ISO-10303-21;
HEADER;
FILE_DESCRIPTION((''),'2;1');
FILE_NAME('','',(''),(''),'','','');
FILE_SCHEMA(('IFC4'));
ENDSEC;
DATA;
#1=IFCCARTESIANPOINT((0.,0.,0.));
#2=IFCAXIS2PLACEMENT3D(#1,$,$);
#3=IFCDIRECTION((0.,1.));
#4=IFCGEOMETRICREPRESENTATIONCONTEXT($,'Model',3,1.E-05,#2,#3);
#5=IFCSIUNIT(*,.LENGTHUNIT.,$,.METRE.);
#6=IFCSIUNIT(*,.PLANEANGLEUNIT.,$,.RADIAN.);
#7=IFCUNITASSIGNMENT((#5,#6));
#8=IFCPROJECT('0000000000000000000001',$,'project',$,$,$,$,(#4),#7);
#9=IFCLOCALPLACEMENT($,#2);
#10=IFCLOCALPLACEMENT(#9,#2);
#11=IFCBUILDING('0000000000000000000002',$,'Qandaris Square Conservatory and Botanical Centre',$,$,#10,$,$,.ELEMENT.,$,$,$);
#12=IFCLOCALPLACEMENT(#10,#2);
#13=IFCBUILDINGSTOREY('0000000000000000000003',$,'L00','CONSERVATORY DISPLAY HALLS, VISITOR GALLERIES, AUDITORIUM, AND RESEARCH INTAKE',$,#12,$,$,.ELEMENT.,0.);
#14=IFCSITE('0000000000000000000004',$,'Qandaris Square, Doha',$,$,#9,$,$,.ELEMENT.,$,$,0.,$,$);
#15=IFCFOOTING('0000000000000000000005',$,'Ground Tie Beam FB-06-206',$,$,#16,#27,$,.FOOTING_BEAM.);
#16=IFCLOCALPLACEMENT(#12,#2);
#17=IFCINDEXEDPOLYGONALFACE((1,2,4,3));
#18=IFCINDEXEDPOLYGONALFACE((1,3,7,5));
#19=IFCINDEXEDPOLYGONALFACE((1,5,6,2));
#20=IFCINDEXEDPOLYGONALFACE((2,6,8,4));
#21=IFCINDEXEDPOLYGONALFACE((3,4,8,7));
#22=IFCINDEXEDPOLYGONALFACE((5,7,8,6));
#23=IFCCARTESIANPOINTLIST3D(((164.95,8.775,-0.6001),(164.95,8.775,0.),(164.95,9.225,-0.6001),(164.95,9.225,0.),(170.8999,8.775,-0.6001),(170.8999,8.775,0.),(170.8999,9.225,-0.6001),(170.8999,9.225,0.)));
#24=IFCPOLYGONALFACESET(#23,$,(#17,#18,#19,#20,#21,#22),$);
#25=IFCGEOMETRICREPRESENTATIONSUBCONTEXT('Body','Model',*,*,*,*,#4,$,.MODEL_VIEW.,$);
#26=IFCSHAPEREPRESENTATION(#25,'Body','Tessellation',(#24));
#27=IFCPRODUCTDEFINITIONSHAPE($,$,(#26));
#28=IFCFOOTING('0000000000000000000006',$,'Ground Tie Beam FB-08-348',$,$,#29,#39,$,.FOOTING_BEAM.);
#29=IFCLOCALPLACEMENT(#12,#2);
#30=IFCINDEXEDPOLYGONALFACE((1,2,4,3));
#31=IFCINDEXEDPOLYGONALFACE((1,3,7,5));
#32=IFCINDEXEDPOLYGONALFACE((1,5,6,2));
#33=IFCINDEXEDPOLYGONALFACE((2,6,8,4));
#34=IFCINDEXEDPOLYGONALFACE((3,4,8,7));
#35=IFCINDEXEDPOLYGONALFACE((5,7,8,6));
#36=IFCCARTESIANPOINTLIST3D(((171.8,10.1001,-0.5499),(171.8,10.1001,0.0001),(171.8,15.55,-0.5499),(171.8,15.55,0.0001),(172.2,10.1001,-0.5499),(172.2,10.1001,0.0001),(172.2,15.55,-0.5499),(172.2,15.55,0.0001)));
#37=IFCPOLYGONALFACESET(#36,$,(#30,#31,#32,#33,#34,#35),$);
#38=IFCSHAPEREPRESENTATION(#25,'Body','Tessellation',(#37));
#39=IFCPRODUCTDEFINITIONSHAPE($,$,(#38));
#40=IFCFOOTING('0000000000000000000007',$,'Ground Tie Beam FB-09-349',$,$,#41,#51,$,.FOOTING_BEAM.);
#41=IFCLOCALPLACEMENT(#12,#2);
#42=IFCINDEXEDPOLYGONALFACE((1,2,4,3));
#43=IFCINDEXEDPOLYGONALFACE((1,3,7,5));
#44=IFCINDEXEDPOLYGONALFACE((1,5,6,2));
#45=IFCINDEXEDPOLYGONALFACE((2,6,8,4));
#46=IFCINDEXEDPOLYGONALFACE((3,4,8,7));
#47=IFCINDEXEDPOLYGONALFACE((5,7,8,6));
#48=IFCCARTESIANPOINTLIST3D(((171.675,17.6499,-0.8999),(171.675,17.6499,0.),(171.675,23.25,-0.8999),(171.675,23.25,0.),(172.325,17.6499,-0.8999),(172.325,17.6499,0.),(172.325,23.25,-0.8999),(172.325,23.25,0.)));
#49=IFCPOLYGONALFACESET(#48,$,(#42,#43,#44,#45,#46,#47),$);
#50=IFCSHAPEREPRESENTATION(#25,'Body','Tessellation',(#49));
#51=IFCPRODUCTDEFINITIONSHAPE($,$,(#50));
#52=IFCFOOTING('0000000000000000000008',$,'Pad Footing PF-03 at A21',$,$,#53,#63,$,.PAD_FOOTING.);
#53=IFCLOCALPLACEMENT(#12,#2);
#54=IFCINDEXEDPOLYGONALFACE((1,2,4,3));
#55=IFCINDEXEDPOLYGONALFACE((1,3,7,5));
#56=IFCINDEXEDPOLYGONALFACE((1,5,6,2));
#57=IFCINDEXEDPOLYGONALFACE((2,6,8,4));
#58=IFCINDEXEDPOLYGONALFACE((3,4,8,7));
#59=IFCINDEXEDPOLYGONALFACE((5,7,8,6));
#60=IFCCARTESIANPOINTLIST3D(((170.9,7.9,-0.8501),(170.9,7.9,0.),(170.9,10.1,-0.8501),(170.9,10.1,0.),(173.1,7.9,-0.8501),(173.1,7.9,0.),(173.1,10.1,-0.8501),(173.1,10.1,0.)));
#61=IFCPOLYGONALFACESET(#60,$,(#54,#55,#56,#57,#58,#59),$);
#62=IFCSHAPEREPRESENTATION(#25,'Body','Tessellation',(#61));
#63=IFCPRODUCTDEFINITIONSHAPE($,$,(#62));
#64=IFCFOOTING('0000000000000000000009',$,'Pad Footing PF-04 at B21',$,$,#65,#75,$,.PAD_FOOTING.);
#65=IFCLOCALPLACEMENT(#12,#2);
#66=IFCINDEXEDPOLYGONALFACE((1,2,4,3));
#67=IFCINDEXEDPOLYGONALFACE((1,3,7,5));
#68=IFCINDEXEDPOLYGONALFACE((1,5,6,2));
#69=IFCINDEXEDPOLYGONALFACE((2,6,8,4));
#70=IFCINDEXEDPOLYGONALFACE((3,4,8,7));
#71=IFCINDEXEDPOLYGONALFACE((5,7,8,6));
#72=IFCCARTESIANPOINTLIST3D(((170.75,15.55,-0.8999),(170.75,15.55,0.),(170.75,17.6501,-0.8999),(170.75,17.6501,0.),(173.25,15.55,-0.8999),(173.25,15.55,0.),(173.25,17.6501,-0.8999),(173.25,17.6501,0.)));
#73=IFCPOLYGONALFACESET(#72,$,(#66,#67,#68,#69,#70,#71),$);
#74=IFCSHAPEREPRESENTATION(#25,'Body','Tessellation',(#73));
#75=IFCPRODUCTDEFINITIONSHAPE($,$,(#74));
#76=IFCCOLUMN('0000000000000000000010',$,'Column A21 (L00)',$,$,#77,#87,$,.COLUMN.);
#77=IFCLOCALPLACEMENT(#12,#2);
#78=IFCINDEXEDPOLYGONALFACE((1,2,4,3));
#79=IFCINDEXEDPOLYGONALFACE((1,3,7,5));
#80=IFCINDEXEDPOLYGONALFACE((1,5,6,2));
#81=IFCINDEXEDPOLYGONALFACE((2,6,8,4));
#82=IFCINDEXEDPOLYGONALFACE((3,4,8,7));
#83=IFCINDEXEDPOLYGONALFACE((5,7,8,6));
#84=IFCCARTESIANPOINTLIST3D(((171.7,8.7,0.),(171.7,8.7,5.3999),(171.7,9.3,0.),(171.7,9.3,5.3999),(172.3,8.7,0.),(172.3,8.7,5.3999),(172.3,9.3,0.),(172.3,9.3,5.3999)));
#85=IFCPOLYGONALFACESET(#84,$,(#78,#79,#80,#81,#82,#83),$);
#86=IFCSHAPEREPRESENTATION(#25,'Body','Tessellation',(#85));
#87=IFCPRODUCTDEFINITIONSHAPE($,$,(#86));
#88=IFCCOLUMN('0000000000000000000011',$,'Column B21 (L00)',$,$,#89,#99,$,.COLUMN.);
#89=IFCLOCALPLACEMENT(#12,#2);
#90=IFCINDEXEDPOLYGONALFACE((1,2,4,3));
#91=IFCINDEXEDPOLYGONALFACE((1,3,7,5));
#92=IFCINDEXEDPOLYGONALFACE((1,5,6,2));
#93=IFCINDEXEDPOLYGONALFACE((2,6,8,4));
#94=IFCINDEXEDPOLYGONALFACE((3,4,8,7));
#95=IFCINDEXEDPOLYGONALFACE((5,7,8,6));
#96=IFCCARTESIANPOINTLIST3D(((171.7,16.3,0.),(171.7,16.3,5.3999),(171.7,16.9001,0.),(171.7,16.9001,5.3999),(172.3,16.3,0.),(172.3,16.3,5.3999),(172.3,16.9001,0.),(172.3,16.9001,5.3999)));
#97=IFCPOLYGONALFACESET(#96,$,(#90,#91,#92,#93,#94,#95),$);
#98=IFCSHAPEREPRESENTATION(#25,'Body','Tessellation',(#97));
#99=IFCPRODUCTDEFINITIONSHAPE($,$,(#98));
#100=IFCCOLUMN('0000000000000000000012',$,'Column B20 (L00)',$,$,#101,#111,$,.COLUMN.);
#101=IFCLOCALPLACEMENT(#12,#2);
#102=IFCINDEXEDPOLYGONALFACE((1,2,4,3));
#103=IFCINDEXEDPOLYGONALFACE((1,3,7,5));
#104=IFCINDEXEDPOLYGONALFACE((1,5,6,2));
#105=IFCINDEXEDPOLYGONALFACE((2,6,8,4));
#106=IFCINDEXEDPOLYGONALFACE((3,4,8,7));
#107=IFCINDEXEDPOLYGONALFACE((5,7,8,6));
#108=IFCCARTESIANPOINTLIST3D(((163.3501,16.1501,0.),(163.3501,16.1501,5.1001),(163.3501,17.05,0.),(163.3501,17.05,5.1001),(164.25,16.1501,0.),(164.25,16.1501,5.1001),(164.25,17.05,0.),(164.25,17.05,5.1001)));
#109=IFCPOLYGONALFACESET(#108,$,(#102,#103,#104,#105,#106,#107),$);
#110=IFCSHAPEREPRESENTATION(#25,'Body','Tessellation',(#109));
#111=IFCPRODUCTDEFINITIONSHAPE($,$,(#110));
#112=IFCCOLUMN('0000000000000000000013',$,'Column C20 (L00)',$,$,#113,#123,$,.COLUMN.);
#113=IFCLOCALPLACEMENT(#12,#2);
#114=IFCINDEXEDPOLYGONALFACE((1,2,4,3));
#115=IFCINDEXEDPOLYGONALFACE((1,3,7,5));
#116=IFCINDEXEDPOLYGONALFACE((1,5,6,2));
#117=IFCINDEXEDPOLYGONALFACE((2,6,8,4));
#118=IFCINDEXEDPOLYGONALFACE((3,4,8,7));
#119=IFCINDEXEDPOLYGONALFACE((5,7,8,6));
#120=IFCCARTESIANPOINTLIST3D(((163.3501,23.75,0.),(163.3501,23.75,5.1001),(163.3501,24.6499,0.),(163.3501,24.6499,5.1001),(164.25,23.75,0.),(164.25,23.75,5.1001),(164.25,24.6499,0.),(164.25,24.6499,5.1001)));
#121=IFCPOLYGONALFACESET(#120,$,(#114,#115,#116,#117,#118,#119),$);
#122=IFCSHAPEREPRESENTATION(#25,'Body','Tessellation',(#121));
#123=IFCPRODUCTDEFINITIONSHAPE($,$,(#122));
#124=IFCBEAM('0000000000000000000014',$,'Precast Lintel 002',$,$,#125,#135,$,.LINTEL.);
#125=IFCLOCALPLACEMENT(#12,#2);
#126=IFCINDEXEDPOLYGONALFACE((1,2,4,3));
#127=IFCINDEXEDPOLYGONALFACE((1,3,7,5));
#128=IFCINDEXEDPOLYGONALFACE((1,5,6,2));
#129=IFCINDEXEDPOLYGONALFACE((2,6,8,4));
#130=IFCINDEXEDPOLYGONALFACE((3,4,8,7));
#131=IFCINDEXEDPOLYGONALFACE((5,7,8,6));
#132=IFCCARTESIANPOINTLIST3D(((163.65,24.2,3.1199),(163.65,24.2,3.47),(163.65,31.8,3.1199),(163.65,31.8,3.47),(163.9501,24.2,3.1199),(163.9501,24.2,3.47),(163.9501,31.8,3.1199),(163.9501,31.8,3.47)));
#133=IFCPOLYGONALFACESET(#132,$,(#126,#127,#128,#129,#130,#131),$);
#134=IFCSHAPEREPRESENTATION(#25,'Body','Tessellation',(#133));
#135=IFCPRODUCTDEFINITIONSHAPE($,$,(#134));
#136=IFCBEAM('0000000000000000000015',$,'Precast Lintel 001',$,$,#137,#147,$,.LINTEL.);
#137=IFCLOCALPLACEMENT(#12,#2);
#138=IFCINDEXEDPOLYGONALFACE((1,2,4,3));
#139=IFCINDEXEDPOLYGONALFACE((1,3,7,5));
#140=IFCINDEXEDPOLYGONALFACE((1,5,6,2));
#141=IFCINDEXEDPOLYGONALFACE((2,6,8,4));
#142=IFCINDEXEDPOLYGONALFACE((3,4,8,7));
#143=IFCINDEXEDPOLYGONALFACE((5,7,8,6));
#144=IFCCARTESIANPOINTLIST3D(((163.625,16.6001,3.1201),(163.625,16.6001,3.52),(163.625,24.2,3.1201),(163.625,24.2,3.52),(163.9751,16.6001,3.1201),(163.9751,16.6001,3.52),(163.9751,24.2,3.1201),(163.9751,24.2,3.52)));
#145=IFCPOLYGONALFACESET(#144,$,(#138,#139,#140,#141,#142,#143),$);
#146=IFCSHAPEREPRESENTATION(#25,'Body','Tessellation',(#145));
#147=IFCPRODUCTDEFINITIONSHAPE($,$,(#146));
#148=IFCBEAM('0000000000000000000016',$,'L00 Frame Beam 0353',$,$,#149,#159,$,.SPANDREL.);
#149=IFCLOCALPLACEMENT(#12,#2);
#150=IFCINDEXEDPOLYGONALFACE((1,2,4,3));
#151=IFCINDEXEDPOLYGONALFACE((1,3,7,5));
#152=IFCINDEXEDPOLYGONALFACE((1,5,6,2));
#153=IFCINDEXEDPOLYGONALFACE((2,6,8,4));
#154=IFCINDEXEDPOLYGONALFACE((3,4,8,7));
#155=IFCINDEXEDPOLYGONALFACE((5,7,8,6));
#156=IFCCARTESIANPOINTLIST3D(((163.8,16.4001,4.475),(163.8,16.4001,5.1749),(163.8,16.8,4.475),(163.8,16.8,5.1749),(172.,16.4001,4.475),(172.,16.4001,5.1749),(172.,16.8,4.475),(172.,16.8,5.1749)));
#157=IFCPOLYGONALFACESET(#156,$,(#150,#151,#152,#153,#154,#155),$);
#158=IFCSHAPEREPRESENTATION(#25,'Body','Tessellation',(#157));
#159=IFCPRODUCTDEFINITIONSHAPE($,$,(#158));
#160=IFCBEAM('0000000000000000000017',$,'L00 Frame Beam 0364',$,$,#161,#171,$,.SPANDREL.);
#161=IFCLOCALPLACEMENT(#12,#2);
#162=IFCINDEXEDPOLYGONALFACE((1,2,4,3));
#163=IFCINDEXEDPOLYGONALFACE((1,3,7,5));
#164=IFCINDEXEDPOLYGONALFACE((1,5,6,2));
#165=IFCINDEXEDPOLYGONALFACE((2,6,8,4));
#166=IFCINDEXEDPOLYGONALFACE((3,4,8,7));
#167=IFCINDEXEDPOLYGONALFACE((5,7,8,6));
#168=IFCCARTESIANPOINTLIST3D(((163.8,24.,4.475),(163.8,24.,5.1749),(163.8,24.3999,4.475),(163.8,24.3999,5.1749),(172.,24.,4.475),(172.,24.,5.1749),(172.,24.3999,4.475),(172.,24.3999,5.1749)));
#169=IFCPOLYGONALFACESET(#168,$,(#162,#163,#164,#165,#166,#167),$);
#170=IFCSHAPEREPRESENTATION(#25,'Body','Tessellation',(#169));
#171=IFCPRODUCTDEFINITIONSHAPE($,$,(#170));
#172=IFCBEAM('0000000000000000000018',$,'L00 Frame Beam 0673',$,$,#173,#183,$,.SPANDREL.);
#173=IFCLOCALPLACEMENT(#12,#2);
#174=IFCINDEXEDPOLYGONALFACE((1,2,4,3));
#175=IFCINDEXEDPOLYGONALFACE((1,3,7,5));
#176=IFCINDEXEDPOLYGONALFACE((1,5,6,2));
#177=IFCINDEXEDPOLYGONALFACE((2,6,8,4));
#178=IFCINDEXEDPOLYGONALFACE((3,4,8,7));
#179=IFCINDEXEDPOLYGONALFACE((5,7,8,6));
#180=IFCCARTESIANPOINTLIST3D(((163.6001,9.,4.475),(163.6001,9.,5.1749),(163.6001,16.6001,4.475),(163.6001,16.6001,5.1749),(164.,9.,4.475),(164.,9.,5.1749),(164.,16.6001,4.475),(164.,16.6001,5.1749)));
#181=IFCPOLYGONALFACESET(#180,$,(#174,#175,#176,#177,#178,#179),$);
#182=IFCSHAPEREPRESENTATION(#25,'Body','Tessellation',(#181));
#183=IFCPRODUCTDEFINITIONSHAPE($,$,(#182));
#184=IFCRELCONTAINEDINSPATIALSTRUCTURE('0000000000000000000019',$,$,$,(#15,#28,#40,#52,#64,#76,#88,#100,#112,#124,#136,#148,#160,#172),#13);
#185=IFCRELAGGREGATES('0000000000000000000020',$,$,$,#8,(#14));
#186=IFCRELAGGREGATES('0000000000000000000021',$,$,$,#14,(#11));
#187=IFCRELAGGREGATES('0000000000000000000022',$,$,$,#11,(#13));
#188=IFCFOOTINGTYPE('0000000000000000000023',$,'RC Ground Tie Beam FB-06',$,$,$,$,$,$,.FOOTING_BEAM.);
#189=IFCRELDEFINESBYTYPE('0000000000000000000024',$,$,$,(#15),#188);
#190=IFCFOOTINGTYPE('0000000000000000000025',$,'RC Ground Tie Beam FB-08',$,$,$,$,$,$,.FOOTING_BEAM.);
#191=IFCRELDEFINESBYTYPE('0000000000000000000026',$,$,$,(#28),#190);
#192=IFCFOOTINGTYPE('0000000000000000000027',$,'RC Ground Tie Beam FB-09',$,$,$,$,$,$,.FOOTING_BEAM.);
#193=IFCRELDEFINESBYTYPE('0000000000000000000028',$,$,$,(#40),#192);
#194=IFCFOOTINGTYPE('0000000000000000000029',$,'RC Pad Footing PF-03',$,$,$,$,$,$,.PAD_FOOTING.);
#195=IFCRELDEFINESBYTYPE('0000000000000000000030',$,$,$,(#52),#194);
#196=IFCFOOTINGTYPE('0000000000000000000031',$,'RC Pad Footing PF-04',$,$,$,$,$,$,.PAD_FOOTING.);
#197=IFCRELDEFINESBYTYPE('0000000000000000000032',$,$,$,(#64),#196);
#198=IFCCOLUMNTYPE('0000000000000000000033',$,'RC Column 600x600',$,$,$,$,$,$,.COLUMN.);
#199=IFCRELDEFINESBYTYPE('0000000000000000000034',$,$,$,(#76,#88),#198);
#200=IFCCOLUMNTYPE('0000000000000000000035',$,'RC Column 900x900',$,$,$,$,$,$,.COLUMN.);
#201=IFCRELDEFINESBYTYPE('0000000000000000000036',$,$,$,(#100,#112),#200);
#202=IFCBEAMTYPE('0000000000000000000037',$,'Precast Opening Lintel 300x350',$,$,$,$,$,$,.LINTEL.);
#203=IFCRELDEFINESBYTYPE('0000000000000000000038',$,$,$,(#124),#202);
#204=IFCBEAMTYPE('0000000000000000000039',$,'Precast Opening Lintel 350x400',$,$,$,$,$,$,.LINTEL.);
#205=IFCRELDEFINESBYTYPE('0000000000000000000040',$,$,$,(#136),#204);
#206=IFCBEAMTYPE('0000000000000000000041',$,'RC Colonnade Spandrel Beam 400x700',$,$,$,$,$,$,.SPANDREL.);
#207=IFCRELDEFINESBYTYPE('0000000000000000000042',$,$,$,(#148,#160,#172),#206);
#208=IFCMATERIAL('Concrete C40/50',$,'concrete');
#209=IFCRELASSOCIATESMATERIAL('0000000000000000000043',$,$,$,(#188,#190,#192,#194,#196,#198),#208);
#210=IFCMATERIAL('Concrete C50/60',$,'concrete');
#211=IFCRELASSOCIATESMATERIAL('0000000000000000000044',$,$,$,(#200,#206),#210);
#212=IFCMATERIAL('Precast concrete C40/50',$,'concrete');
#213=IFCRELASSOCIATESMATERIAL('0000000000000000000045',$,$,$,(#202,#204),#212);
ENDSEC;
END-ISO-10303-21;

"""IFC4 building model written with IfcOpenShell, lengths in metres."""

from ifc_helpers import new_model, si_unit, direction, frame, origin, origin_2d, place, context, subcontext, project, spatial, rectangle, extrude, material, material_profile, profile_set, type_object, element, save


model = new_model("IFC4")

# Units and contexts
model_context = context("Model", 3, precision=1e-05, world=origin(), true_north=direction((0.0, 1.0)))
body_context = subcontext(model_context, "Body", "Model", "MODEL_VIEW")
ifc_project = project(units=[si_unit("LENGTHUNIT", "METRE"), si_unit("PLANEANGLEUNIT", "RADIAN")], contexts=[model_context])

# Site, building, storey
site_placement = place(None, origin())
site = spatial("IfcSite", under=ifc_project, at=site_placement, Name="Qandaris Square, Doha", CompositionType="ELEMENT", RefElevation=0.0)
building_placement = place(site_placement, origin())
building = spatial("IfcBuilding", under=site, at=building_placement, Name="Qandaris Square Conservatory and Botanical Centre", CompositionType="ELEMENT")
storey_placement = place(building_placement, origin())
storey = spatial("IfcBuildingStorey", under=building, at=storey_placement, Name="L00", Description="CONSERVATORY DISPLAY HALLS, VISITOR GALLERIES, AUDITORIUM, AND RESEARCH INTAKE", CompositionType="ELEMENT", Elevation=0.0)

# Footings
ifc_material_1 = material(Name="Concrete C40/50", Category="concrete")
ifc_material_profile_1 = material_profile(ifc_material_1, rectangle(XDim=0.45, YDim=0.6001, at=origin_2d()), Name="FB 450x600")
ifc_profile_set_1 = profile_set([ifc_material_profile_1], Name="Concrete C40/50")
footing_type_1 = type_object("IfcFootingType", Name="RC Ground Tie Beam FB-06", PredefinedType="FOOTING_BEAM", material=ifc_profile_set_1)
footing_1_placement = place(storey_placement, frame((164.95, 9.0, -0.3), z_axis=(1.0, 0.0, 0.0), x_axis=(0.0, 1.0, 0.0)))
element("IfcFooting", 1, at=footing_1_placement, inside=storey, type_object=footing_type_1, Name="Ground Tie Beam FB-06-206", PredefinedType="FOOTING_BEAM", context=body_context, shape_type="SweptSolid", body=[
    extrude(rectangle(XDim=0.45, YDim=0.6001, at=origin_2d()), origin(), (0.0, 0.0, 1.0), 5.95),
])
ifc_material_profile_2 = material_profile(ifc_material_1, rectangle(XDim=0.3999, YDim=0.55, at=origin_2d()), Name="FB 400x550")
ifc_profile_set_2 = profile_set([ifc_material_profile_2], Name="Concrete C40/50")
footing_type_2 = type_object("IfcFootingType", Name="RC Ground Tie Beam FB-08", PredefinedType="FOOTING_BEAM", material=ifc_profile_set_2)
footing_2_placement = place(storey_placement, frame((172.0, 10.1001, -0.2749), z_axis=(0.0, 1.0, 0.0), x_axis=(-1.0, 0.0, 0.0)))
element("IfcFooting", 2, at=footing_2_placement, inside=storey, type_object=footing_type_2, Name="Ground Tie Beam FB-08-348", PredefinedType="FOOTING_BEAM", context=body_context, shape_type="SweptSolid", body=[
    extrude(rectangle(XDim=0.3999, YDim=0.55, at=origin_2d()), origin(), (0.0, 0.0, 1.0), 5.45),
])
ifc_material_profile_3 = material_profile(ifc_material_1, rectangle(XDim=0.6499, YDim=0.8999, at=origin_2d()), Name="FB 650x900")
ifc_profile_set_3 = profile_set([ifc_material_profile_3], Name="Concrete C40/50")
footing_type_3 = type_object("IfcFootingType", Name="RC Ground Tie Beam FB-09", PredefinedType="FOOTING_BEAM", material=ifc_profile_set_3)
footing_3_placement = place(storey_placement, frame((172.0, 17.6499, -0.45), z_axis=(0.0, 1.0, 0.0), x_axis=(-1.0, 0.0, 0.0)))
element("IfcFooting", 3, at=footing_3_placement, inside=storey, type_object=footing_type_3, Name="Ground Tie Beam FB-09-349", PredefinedType="FOOTING_BEAM", context=body_context, shape_type="SweptSolid", body=[
    extrude(rectangle(XDim=0.6499, YDim=0.8999, at=origin_2d()), origin(), (0.0, 0.0, 1.0), 5.6001),
])
footing_type_4 = type_object("IfcFootingType", Name="RC Pad Footing PF-03", PredefinedType="PAD_FOOTING", material=ifc_material_1)
footing_4_placement = place(storey_placement, frame((172.0, 9.0, -0.8501), z_axis=(0.0, 0.0, 1.0), x_axis=(1.0, 0.0, 0.0)))
element("IfcFooting", 4, at=footing_4_placement, inside=storey, type_object=footing_type_4, Name="Pad Footing PF-03 at A21", PredefinedType="PAD_FOOTING", context=body_context, shape_type="SweptSolid", body=[
    extrude(rectangle(XDim=2.2, YDim=2.2, at=origin_2d()), origin(), (0.0, 0.0, 1.0), 0.8501),
])
footing_type_5 = type_object("IfcFootingType", Name="RC Pad Footing PF-04", PredefinedType="PAD_FOOTING", material=ifc_material_1)
footing_5_placement = place(storey_placement, frame((172.0, 16.6001, -0.8999), z_axis=(0.0, 0.0, 1.0), x_axis=(1.0, 0.0, 0.0)))
element("IfcFooting", 5, at=footing_5_placement, inside=storey, type_object=footing_type_5, Name="Pad Footing PF-04 at B21", PredefinedType="PAD_FOOTING", context=body_context, shape_type="SweptSolid", body=[
    extrude(rectangle(XDim=2.5, YDim=2.1001, at=origin_2d()), origin(), (0.0, 0.0, 1.0), 0.8999),
])

# Columns
ifc_material_profile_4 = material_profile(ifc_material_1, rectangle(XDim=0.6001, YDim=0.6001, at=origin_2d()), Name="RC-COL 600x600")
ifc_profile_set_4 = profile_set([ifc_material_profile_4], Name="Concrete C40/50")
column_type_1 = type_object("IfcColumnType", Name="RC Column 600x600", PredefinedType="COLUMN", material=ifc_profile_set_4)
for number, where, z_axis, x_axis, name in (
    (6, (172.0, 9.0, 0.0), (0.0, 0.0, 1.0), (1.0, 0.0, 0.0), "Column A21 (L00)"),
    (7, (172.0, 16.6001, 0.0), (0.0, 0.0, 1.0), (1.0, 0.0, 0.0), "Column B21 (L00)"),
):
    element("IfcColumn", number, at=place(storey_placement, frame(where, z_axis=z_axis, x_axis=x_axis)), inside=storey, type_object=column_type_1, Name=name, PredefinedType="COLUMN", context=body_context, shape_type="SweptSolid", body=[
        extrude(rectangle(XDim=0.6001, YDim=0.6001, at=origin_2d()), origin(), (0.0, 0.0, 1.0), 5.3999),
    ])
ifc_material_2 = material(Name="Concrete C50/60", Category="concrete")
ifc_material_profile_5 = material_profile(ifc_material_2, rectangle(XDim=0.8999, YDim=0.8999, at=origin_2d()), Name="RC-COL 900x900")
ifc_profile_set_5 = profile_set([ifc_material_profile_5], Name="Concrete C50/60")
column_type_2 = type_object("IfcColumnType", Name="RC Column 900x900", PredefinedType="COLUMN", material=ifc_profile_set_5)
for number, where, z_axis, x_axis, name in (
    (8, (163.8, 16.6001, 0.0), (0.0, 0.0, 1.0), (1.0, 0.0, 0.0), "Column B20 (L00)"),
    (9, (163.8, 24.2, 0.0), (0.0, 0.0, 1.0), (1.0, 0.0, 0.0), "Column C20 (L00)"),
):
    element("IfcColumn", number, at=place(storey_placement, frame(where, z_axis=z_axis, x_axis=x_axis)), inside=storey, type_object=column_type_2, Name=name, PredefinedType="COLUMN", context=body_context, shape_type="SweptSolid", body=[
        extrude(rectangle(XDim=0.8999, YDim=0.8999, at=origin_2d()), origin(), (0.0, 0.0, 1.0), 5.1001),
    ])

# Beams
ifc_material_3 = material(Name="Precast concrete C40/50", Category="concrete")
ifc_material_profile_6 = material_profile(ifc_material_3, rectangle(XDim=0.3, YDim=0.3501, at=origin_2d()), Name="RC-LN 300x350")
ifc_profile_set_6 = profile_set([ifc_material_profile_6], Name="Precast concrete C40/50")
beam_type_1 = type_object("IfcBeamType", Name="Precast Opening Lintel 300x350", PredefinedType="LINTEL", material=ifc_profile_set_6)
beam_1_placement = place(storey_placement, frame((163.8, 24.2, 3.2949), z_axis=(0.0, 1.0, 0.0), x_axis=(-1.0, 0.0, 0.0)))
element("IfcBeam", 10, at=beam_1_placement, inside=storey, type_object=beam_type_1, Name="Precast Lintel 002", PredefinedType="LINTEL", context=body_context, shape_type="SweptSolid", body=[
    extrude(rectangle(XDim=0.3, YDim=0.3501, at=origin_2d()), origin(), (0.0, 0.0, 1.0), 7.6001),
])
ifc_material_profile_7 = material_profile(ifc_material_3, rectangle(XDim=0.3501, YDim=0.3999, at=origin_2d()), Name="RC-LN 350x400")
ifc_profile_set_7 = profile_set([ifc_material_profile_7], Name="Precast concrete C40/50")
beam_type_2 = type_object("IfcBeamType", Name="Precast Opening Lintel 350x400", PredefinedType="LINTEL", material=ifc_profile_set_7)
beam_2_placement = place(storey_placement, frame((163.8, 16.6001, 3.3201), z_axis=(0.0, 1.0, 0.0), x_axis=(-1.0, 0.0, 0.0)))
element("IfcBeam", 11, at=beam_2_placement, inside=storey, type_object=beam_type_2, Name="Precast Lintel 001", PredefinedType="LINTEL", context=body_context, shape_type="SweptSolid", body=[
    extrude(rectangle(XDim=0.3501, YDim=0.3999, at=origin_2d()), origin(), (0.0, 0.0, 1.0), 7.5999),
])
ifc_material_profile_8 = material_profile(ifc_material_2, rectangle(XDim=0.3999, YDim=0.7, at=origin_2d()), Name="RC-SP 400x700")
ifc_profile_set_8 = profile_set([ifc_material_profile_8], Name="Concrete C50/60")
beam_type_3 = type_object("IfcBeamType", Name="RC Colonnade Spandrel Beam 400x700", PredefinedType="SPANDREL", material=ifc_profile_set_8)
for number, where, z_axis, x_axis, name in (
    (12, (163.8, 16.6001, 4.825), (1.0, 0.0, 0.0), (0.0, 1.0, 0.0), "L00 Frame Beam 0353"),
    (13, (163.8, 24.2, 4.825), (1.0, 0.0, 0.0), (0.0, 1.0, 0.0), "L00 Frame Beam 0364"),
):
    element("IfcBeam", number, at=place(storey_placement, frame(where, z_axis=z_axis, x_axis=x_axis)), inside=storey, type_object=beam_type_3, Name=name, PredefinedType="SPANDREL", context=body_context, shape_type="SweptSolid", body=[
        extrude(rectangle(XDim=0.3999, YDim=0.7, at=origin_2d()), origin(), (0.0, 0.0, 1.0), 8.2),
    ])
for number, where, z_axis, x_axis, name in (
    (14, (163.8, 9.0, 4.825), (0.0, 1.0, 0.0), (-1.0, 0.0, 0.0), "L00 Frame Beam 0673"),
):
    element("IfcBeam", number, at=place(storey_placement, frame(where, z_axis=z_axis, x_axis=x_axis)), inside=storey, type_object=beam_type_3, Name=name, PredefinedType="SPANDREL", context=body_context, shape_type="SweptSolid", body=[
        extrude(rectangle(XDim=0.3999, YDim=0.7, at=origin_2d()), origin(), (0.0, 0.0, 1.0), 7.6001),
    ])

save(model, "model.ifc")
